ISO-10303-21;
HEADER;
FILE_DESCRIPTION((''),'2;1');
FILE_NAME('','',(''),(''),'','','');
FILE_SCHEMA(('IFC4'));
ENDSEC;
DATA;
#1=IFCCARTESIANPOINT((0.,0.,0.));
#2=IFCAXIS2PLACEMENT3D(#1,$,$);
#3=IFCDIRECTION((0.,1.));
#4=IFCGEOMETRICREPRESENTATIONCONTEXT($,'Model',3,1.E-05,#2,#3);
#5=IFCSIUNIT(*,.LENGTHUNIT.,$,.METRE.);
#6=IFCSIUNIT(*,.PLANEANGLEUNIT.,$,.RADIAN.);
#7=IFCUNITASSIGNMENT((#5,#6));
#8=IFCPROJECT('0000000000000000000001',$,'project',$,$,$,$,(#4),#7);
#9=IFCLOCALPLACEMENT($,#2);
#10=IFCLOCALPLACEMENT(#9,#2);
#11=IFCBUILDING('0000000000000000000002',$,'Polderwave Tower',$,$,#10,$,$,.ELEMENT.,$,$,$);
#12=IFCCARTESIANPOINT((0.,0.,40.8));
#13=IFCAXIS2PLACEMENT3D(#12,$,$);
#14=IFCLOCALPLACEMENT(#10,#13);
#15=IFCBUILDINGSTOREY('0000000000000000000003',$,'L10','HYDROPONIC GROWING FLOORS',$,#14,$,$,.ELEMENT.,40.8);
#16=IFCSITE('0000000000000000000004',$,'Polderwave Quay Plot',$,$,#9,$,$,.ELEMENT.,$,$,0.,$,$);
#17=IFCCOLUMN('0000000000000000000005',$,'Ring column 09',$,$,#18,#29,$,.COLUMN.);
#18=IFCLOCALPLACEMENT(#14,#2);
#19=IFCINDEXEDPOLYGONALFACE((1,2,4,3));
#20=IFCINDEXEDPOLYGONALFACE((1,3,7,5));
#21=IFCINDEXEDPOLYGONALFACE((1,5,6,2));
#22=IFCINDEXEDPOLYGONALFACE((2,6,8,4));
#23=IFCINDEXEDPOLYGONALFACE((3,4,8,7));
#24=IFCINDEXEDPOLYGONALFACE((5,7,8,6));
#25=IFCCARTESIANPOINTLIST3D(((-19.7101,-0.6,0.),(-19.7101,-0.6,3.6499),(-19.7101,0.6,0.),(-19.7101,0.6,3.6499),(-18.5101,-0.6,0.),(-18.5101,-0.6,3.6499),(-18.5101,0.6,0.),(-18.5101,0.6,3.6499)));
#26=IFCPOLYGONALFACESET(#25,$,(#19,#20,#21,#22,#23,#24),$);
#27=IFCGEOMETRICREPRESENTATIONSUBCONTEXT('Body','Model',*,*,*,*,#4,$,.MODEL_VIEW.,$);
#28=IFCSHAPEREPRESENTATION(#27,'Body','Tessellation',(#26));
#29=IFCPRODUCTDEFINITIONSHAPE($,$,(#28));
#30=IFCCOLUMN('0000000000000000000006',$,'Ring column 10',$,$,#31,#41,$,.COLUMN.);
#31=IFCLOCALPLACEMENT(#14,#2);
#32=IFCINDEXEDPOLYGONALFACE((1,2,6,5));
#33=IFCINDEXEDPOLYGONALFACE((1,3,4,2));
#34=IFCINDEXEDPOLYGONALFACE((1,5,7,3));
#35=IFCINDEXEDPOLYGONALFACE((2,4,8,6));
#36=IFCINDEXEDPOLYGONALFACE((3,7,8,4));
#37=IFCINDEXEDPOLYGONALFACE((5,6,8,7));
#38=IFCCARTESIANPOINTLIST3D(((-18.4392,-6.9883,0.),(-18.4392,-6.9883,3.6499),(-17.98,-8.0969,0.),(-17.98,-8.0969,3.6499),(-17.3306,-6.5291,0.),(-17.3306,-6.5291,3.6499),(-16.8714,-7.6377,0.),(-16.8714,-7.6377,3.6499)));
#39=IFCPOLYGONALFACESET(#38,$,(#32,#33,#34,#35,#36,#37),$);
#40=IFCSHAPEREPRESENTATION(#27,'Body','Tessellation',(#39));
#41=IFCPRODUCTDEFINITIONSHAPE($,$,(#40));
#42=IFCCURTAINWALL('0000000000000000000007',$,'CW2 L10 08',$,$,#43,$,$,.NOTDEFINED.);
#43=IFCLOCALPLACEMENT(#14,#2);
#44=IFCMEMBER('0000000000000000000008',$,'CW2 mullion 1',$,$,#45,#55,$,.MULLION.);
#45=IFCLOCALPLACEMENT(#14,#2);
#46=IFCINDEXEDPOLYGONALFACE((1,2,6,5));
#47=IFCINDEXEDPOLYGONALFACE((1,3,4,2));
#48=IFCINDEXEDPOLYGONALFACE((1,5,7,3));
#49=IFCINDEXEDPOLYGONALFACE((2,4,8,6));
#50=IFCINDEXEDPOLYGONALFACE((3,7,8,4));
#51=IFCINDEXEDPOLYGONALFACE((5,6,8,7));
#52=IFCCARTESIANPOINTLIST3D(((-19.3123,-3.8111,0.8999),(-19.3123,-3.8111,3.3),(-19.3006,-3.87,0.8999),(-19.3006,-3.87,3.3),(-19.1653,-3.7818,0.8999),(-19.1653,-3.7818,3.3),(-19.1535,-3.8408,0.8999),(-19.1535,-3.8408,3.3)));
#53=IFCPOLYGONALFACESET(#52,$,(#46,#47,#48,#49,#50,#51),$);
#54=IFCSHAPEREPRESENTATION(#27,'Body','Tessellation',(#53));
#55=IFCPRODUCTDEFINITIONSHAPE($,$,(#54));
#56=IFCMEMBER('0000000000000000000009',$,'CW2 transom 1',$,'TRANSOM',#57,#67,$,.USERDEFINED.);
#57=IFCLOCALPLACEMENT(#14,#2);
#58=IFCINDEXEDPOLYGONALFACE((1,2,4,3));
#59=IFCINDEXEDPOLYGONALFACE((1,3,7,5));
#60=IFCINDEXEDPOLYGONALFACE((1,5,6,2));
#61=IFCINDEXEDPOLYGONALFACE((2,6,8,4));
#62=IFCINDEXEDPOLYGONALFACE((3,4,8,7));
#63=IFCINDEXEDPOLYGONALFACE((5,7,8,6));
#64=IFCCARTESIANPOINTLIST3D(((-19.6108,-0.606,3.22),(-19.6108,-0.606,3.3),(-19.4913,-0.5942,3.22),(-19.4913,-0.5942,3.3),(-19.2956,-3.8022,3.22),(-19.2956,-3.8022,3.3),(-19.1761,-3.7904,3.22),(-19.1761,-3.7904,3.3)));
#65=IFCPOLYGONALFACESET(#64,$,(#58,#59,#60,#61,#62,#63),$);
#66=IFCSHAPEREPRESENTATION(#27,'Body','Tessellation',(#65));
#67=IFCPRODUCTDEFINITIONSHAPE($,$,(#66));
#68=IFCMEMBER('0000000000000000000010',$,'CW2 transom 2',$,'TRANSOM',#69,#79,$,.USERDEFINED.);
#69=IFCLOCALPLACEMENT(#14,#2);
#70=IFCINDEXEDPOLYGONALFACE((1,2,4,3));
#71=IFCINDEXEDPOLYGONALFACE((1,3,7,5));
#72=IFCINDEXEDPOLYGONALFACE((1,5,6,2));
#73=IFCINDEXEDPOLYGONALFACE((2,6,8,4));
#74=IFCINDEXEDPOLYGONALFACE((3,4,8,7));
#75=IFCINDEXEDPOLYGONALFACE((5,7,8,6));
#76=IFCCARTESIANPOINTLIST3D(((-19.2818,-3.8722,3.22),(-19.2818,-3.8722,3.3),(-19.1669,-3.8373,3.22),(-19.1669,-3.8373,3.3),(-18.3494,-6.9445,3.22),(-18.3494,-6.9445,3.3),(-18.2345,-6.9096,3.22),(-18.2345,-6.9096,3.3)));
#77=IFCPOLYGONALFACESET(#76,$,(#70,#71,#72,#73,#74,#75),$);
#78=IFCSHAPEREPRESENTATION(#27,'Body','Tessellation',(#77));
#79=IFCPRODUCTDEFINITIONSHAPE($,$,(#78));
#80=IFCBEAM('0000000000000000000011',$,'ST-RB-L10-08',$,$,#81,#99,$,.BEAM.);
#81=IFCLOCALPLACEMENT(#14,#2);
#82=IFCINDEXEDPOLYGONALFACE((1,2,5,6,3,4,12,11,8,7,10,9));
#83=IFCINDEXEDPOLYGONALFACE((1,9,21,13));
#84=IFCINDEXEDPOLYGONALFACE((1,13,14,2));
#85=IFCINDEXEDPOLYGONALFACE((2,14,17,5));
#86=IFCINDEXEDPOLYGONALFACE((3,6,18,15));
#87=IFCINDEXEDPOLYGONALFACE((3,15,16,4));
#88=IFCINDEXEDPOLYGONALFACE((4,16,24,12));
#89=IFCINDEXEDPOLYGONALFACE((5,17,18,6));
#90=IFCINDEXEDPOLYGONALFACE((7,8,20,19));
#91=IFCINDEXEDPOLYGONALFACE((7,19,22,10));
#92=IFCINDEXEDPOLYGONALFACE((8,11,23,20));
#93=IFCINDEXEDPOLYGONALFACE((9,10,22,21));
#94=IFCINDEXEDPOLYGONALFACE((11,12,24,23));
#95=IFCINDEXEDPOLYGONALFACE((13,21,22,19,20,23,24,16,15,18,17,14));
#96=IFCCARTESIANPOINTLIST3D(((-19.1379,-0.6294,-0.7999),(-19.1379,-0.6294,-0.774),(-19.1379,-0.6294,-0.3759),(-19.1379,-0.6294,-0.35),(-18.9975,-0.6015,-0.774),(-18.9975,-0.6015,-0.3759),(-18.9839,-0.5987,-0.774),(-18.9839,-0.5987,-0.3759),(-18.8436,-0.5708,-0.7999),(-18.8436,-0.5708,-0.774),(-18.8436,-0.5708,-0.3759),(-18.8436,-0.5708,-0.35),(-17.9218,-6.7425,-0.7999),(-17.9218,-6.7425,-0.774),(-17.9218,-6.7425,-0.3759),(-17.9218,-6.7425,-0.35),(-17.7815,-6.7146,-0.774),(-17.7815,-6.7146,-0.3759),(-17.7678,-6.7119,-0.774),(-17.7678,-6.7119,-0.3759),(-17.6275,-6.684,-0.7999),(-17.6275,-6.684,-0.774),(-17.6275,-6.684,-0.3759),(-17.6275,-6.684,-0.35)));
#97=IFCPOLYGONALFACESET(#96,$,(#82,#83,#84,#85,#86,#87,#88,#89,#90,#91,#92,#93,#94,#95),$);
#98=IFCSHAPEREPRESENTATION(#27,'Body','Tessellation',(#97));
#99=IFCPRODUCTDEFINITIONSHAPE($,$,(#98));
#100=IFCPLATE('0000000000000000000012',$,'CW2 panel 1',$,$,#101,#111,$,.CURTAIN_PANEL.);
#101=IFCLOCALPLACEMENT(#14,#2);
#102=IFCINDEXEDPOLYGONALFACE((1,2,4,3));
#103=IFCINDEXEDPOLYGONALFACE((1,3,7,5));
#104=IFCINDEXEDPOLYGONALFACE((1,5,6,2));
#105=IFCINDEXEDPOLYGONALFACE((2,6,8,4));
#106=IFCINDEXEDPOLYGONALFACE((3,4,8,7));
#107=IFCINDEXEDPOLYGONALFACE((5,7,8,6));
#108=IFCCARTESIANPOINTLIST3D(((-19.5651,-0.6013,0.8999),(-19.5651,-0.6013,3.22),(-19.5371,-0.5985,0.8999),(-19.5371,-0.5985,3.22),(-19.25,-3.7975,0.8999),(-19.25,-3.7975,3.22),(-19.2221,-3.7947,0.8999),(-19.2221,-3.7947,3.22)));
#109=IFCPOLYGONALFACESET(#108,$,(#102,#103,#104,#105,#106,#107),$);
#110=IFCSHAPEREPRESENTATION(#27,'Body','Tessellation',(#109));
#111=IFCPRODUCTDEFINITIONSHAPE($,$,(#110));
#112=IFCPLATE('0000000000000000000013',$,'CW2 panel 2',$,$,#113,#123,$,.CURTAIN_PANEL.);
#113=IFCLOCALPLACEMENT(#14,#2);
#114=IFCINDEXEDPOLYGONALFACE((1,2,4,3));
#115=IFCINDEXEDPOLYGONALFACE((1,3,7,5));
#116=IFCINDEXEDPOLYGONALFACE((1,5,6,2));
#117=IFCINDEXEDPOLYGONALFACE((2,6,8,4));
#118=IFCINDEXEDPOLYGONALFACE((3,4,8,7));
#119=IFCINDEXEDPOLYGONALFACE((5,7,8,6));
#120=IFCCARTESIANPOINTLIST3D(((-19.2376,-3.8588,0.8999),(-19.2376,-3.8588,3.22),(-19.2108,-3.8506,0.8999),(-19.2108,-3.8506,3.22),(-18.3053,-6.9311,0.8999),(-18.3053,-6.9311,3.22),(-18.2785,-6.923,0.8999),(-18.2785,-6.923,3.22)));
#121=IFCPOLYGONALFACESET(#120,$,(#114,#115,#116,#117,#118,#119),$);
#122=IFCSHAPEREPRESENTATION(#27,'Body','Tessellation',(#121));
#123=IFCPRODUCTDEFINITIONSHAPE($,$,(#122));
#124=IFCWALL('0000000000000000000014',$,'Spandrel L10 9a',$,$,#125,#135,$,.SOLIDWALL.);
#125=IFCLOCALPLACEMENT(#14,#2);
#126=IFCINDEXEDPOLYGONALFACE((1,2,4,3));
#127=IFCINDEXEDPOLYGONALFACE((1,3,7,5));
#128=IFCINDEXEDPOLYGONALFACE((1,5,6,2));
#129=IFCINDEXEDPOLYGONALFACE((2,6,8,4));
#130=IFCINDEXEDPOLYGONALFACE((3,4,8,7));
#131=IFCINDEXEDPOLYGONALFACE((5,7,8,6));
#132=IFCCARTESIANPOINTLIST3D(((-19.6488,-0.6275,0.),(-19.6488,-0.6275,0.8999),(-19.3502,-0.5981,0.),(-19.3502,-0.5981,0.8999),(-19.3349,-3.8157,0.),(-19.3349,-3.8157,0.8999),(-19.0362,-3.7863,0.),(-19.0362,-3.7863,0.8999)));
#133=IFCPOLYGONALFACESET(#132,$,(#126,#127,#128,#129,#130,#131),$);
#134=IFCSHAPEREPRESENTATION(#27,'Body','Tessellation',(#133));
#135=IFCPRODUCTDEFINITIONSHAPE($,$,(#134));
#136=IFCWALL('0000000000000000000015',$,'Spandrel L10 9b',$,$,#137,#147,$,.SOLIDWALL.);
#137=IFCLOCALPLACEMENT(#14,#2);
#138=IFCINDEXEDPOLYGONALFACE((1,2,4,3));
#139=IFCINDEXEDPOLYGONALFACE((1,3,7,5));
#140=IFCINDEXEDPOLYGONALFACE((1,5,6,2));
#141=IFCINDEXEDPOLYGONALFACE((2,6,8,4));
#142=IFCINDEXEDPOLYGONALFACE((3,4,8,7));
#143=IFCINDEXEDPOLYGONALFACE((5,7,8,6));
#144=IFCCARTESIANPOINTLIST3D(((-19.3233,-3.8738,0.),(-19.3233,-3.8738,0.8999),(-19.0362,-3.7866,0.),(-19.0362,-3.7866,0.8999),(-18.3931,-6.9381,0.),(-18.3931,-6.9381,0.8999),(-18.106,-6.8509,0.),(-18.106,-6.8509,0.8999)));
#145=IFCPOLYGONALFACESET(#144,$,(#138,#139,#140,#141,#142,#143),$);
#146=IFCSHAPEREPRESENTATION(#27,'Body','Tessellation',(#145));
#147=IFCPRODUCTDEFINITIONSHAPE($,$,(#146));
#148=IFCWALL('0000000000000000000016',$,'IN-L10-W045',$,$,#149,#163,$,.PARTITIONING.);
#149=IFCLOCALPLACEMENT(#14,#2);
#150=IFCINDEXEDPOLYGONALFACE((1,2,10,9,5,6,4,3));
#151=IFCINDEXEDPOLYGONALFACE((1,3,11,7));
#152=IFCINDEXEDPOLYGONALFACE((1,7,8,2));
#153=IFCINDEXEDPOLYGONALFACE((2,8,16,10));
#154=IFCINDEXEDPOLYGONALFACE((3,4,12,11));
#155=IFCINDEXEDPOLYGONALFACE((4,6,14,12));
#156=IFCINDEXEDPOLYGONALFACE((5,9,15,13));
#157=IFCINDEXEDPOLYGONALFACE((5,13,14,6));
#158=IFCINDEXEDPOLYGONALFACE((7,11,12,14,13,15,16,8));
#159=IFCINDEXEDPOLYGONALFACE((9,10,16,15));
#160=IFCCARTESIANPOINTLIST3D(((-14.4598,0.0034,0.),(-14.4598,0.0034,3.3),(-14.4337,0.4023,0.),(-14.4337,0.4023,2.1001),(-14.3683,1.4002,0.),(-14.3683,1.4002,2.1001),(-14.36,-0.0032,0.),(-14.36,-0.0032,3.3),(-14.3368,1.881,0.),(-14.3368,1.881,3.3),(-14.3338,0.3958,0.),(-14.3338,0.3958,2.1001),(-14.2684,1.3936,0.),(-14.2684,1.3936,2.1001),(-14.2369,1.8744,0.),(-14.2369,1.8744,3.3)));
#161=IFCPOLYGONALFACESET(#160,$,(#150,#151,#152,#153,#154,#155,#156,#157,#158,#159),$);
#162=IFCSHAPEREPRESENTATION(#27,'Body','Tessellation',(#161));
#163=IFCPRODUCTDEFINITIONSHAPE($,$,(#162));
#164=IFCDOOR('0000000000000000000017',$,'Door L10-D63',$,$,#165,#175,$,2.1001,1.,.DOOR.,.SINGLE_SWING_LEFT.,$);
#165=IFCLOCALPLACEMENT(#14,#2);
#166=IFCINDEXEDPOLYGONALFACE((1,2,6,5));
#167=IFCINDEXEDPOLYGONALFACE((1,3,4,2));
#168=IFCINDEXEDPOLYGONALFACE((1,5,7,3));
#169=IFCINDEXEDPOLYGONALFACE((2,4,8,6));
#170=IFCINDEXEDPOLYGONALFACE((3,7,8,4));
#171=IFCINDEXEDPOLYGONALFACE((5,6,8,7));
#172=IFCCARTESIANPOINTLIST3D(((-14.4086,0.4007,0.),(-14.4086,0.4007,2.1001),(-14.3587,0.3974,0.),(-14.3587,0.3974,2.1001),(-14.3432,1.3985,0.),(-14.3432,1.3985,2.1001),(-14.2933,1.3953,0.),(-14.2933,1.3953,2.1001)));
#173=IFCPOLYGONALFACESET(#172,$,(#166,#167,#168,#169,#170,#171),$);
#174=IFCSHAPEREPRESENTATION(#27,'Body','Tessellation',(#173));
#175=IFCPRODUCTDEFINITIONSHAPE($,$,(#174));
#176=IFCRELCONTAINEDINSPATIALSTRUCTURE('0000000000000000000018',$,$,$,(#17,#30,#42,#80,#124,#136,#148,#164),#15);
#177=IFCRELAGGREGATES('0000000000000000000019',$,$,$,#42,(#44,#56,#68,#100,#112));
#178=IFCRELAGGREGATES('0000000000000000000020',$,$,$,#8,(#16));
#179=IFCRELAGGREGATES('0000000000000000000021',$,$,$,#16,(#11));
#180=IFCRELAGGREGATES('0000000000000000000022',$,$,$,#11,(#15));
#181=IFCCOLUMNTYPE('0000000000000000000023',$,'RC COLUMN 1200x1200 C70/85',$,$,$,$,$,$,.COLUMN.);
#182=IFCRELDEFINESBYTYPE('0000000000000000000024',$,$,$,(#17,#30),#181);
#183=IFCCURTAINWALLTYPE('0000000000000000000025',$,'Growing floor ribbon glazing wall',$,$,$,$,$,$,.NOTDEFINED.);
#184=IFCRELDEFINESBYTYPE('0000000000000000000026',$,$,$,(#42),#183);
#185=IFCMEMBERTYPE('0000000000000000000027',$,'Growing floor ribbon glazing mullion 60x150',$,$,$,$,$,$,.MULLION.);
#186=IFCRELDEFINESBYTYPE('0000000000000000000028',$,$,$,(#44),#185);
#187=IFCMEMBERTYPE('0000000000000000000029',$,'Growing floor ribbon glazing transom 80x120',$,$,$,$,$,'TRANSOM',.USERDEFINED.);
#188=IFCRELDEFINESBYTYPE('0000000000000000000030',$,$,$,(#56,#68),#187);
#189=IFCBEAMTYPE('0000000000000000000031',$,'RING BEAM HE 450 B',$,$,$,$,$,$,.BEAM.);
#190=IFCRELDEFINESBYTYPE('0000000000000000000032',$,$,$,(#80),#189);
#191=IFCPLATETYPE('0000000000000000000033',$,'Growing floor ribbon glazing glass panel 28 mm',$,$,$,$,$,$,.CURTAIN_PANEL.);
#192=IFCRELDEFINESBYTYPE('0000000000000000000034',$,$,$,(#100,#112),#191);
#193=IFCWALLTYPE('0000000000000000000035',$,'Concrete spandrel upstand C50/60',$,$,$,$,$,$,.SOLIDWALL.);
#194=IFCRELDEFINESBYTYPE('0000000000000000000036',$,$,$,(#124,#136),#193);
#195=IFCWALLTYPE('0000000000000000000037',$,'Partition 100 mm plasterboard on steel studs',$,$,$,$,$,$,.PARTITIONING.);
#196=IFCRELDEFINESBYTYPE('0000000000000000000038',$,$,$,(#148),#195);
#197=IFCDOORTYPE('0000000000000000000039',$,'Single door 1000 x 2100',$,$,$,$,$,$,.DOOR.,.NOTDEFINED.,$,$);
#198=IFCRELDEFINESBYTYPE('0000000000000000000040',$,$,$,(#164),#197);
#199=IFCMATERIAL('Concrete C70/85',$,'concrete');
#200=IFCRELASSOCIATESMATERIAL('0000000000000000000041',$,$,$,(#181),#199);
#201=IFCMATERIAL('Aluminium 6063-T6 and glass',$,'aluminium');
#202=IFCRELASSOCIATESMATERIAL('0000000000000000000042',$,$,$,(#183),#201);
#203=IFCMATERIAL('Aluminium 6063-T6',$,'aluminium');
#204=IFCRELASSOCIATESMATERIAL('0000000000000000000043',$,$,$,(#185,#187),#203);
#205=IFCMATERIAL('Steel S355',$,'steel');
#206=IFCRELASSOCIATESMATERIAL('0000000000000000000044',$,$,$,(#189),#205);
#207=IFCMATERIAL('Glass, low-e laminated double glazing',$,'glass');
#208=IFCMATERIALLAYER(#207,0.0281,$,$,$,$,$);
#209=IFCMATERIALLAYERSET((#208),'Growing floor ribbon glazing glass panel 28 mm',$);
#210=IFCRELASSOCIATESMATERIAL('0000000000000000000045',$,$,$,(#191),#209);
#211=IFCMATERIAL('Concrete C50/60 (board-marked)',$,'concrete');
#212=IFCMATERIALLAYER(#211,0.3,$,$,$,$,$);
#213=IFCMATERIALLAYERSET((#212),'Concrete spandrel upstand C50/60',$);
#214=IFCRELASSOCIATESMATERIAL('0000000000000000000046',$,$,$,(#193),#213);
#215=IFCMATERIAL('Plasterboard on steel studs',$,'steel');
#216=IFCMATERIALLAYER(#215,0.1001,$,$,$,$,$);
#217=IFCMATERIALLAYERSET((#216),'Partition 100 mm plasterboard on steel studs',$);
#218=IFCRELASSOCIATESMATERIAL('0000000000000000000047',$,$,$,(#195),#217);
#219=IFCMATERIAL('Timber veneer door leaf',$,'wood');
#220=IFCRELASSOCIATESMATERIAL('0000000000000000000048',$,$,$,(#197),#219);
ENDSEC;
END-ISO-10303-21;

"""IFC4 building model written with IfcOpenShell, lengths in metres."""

from ifc_helpers import new_model, si_unit, direction, frame, frame_2d, origin, origin_2d, place, context, subcontext, project, spatial, rectangle, i_section, extrude, material, layer, layer_set, material_profile, profile_set, type_object, element, fill, aggregate, save


model = new_model("IFC4")

# Units and contexts
model_context = context("Model", 3, precision=1e-05, world=origin(), true_north=direction((0.0, 1.0)))
body_context = subcontext(model_context, "Body", "Model", "MODEL_VIEW")
ifc_project = project(units=[si_unit("LENGTHUNIT", "METRE"), si_unit("PLANEANGLEUNIT", "RADIAN")], contexts=[model_context])

# Site, building, storey
site_placement = place(None, origin())
site = spatial("IfcSite", under=ifc_project, at=site_placement, Name="Polderwave Quay Plot", CompositionType="ELEMENT", RefElevation=0.0)
building_placement = place(site_placement, origin())
building = spatial("IfcBuilding", under=site, at=building_placement, Name="Polderwave Tower", CompositionType="ELEMENT")
storey_placement = place(building_placement, frame((0.0, 0.0, 40.8)))
storey = spatial("IfcBuildingStorey", under=building, at=storey_placement, Name="L10", Description="HYDROPONIC GROWING FLOORS", CompositionType="ELEMENT", Elevation=40.8)

# Columns
ifc_material_1 = material(Name="Concrete C70/85", Category="concrete")
ifc_material_profile_1 = material_profile(ifc_material_1, rectangle(XDim=1.2, YDim=1.2, at=origin_2d()), Name="RC 1200x1200")
ifc_profile_set_1 = profile_set([ifc_material_profile_1], Name="Concrete C70/85")
column_type = type_object("IfcColumnType", Name="RC COLUMN 1200x1200 C70/85", PredefinedType="COLUMN", material=ifc_profile_set_1)
for number, where, z_axis, x_axis, name in (
    (1, (-19.1101, 0.0, 0.0), (0.0, 0.0, 1.0), (-1.0, 0.0, 0.0), "Ring column 09"),
    (2, (-17.6553, -7.313, 0.0), (0.0, 0.0, 1.0), (-0.92388, -0.382683, 0.0), "Ring column 10"),
):
    element("IfcColumn", number, at=place(storey_placement, frame(where, z_axis=z_axis, x_axis=x_axis)), inside=storey, type_object=column_type, Name=name, PredefinedType="COLUMN", context=body_context, shape_type="SweptSolid", body=[
        extrude(rectangle(XDim=1.2, YDim=1.2, at=origin_2d()), origin(), (0.0, 0.0, 1.0), 3.6499),
    ])

# Curtain wall, members
ifc_material_2 = material(Name="Aluminium 6063-T6 and glass", Category="aluminium")
curtain_wall_type = type_object("IfcCurtainWallType", Name="Growing floor ribbon glazing wall", PredefinedType="NOTDEFINED", material=ifc_material_2)
curtain_wall_placement = place(storey_placement, origin())
curtain_wall = element("IfcCurtainWall", 3, at=curtain_wall_placement, inside=storey, type_object=curtain_wall_type, Name="CW2 L10 08", PredefinedType="NOTDEFINED")
ifc_material_3 = material(Name="Aluminium 6063-T6", Category="aluminium")
ifc_material_profile_2 = material_profile(ifc_material_3, rectangle(XDim=0.1499, YDim=0.0601, at=origin_2d()), Name="AL 60x150")
ifc_profile_set_2 = profile_set([ifc_material_profile_2], Name="Aluminium 6063-T6")
member_type_1 = type_object("IfcMemberType", Name="Growing floor ribbon glazing mullion 60x150", PredefinedType="MULLION", material=ifc_profile_set_2)
member_1_placement = place(storey_placement, frame((-19.2329, -3.8259, 0.8999), z_axis=(0.0, 0.0, 1.0), x_axis=(0.980768, 0.195178, 0.0)))
member_1 = element("IfcMember", 4, at=member_1_placement, type_object=member_type_1, Name="CW2 mullion 1", PredefinedType="MULLION", context=body_context, shape_type="SweptSolid", body=[
    extrude(rectangle(XDim=0.1499, YDim=0.0601, at=origin_2d()), origin(), (0.0, 0.0, 1.0), 2.4001),
])
ifc_material_profile_3 = material_profile(ifc_material_3, rectangle(XDim=0.1201, YDim=0.0801, at=origin_2d()), Name="AL 80x120")
ifc_profile_set_3 = profile_set([ifc_material_profile_3], Name="Aluminium 6063-T6")
member_type_2 = type_object("IfcMemberType", Name="Growing floor ribbon glazing transom 80x120", ElementType="TRANSOM", PredefinedType="USERDEFINED", material=ifc_profile_set_3)
member_2_placement = place(storey_placement, frame((-19.551, -0.6001, 3.26), z_axis=(0.098141, -0.995172, 0.0), x_axis=(0.995172, 0.098141, 0.0)))
member_2 = element("IfcMember", 5, at=member_2_placement, type_object=member_type_2, Name="CW2 transom 1", ObjectType="TRANSOM", PredefinedType="USERDEFINED", context=body_context, shape_type="SweptSolid", body=[
    extrude(rectangle(XDim=0.1201, YDim=0.0801, at=origin_2d()), origin(), (0.0, 0.0, 1.0), 3.2117),
])
member_3_placement = place(storey_placement, frame((-19.2244, -3.8547, 3.26), z_axis=(0.290402, -0.956905, 0.0), x_axis=(0.956905, 0.290402, 0.0)))
member_3 = element("IfcMember", 6, at=member_3_placement, type_object=member_type_2, Name="CW2 transom 2", ObjectType="TRANSOM", PredefinedType="USERDEFINED", context=body_context, shape_type="SweptSolid", body=[
    extrude(rectangle(XDim=0.1201, YDim=0.0801, at=origin_2d()), origin(), (0.0, 0.0, 1.0), 3.2107),
])

# Beam
ifc_material_4 = material(Name="Steel S355", Category="steel")
ifc_material_profile_4 = material_profile(ifc_material_4, i_section(OverallWidth=0.3, OverallDepth=0.45, WebThickness=0.0139, FlangeThickness=0.0259, at=origin_2d()), Name="HE 450 B")
ifc_profile_set_4 = profile_set([ifc_material_profile_4], Name="Steel S355")
beam_type = type_object("IfcBeamType", Name="RING BEAM HE 450 B", PredefinedType="BEAM", material=ifc_profile_set_4)
beam_placement = place(storey_placement, frame((-18.9907, -0.6001, -0.575), z_axis=(0.195107, -0.980782, 0.0), x_axis=(0.980782, 0.195107, 0.0)))
element("IfcBeam", 7, at=beam_placement, inside=storey, type_object=beam_type, Name="ST-RB-L10-08", PredefinedType="BEAM", context=body_context, shape_type="SweptSolid", body=[
    extrude(i_section(OverallWidth=0.3, OverallDepth=0.45, WebThickness=0.0139, FlangeThickness=0.0259, at=origin_2d()), origin(), (0.0, 0.0, 1.0), 6.2329),
])

# Plates
ifc_material_5 = material(Name="Glass, low-e laminated double glazing", Category="glass")
ifc_layer_1 = layer(ifc_material_5, 0.0281)
ifc_layer_set_1 = layer_set([ifc_layer_1], Name="Growing floor ribbon glazing glass panel 28 mm")
plate_type = type_object("IfcPlateType", Name="Growing floor ribbon glazing glass panel 28 mm", PredefinedType="CURTAIN_PANEL", material=ifc_layer_set_1)
plate_1_placement = place(storey_placement, frame((-19.3936, -2.198, 0.8999), z_axis=(0.0, 0.0, 1.0), x_axis=(0.098099, -0.995177, 0.0)))
plate_1 = element("IfcPlate", 8, at=plate_1_placement, type_object=plate_type, Name="CW2 panel 1", PredefinedType="CURTAIN_PANEL", context=body_context, shape_type="SweptSolid", body=[
    extrude(rectangle(XDim=3.2117, YDim=0.0281, at=origin_2d()), origin(), (0.0, 0.0, 1.0), 2.3201),
])
plate_2_placement = place(storey_placement, frame((-18.7581, -5.3909, 0.8999), z_axis=(0.0, 0.0, 1.0), x_axis=(0.290375, -0.956913, 0.0)))
plate_2 = element("IfcPlate", 9, at=plate_2_placement, type_object=plate_type, Name="CW2 panel 2", PredefinedType="CURTAIN_PANEL", context=body_context, shape_type="SweptSolid", body=[
    extrude(rectangle(XDim=3.2107, YDim=0.0281, at=origin_2d()), origin(), (0.0, 0.0, 1.0), 2.3201),
])
aggregate(curtain_wall, [member_1, member_2, member_3, plate_1, plate_2])

# Walls
ifc_material_6 = material(Name="Concrete C50/60 (board-marked)", Category="concrete")
ifc_layer_2 = layer(ifc_material_6, 0.3)
ifc_layer_set_2 = layer_set([ifc_layer_2], Name="Concrete spandrel upstand C50/60")
wall_type_1 = type_object("IfcWallType", Name="Concrete spandrel upstand C50/60", PredefinedType="SOLIDWALL", material=ifc_layer_set_2)
wall_1_placement = place(storey_placement, frame((-19.4995, -0.6128, 0.0), z_axis=(0.0, 0.0, 1.0), x_axis=(0.098002, -0.995186, 0.0)))
element("IfcWall", 10, at=wall_1_placement, inside=storey, type_object=wall_type_1, Name="Spandrel L10 9a", PredefinedType="SOLIDWALL", context=body_context, shape_type="SweptSolid", body=[
    extrude(rectangle(XDim=3.2036, YDim=0.3, at=frame_2d((1.6018, 0.0))), origin(), (0.0, 0.0, 1.0), 0.8999),
])
wall_2_placement = place(storey_placement, frame((-19.1797, -3.8303, 0.0), z_axis=(0.0, 0.0, 1.0), x_axis=(0.290473, -0.956883, 0.0)))
element("IfcWall", 11, at=wall_2_placement, inside=storey, type_object=wall_type_1, Name="Spandrel L10 9b", PredefinedType="SOLIDWALL", context=body_context, shape_type="SweptSolid", body=[
    extrude(rectangle(XDim=3.2024, YDim=0.3, at=frame_2d((1.6011, 0.0))), origin(), (0.0, 0.0, 1.0), 0.8999),
])

# Wall, opening, door
ifc_material_7 = material(Name="Plasterboard on steel studs", Category="steel")
ifc_layer_3 = layer(ifc_material_7, 0.1001)
ifc_layer_set_3 = layer_set([ifc_layer_3], Name="Partition 100 mm plasterboard on steel studs")
wall_type_2 = type_object("IfcWallType", Name="Partition 100 mm plasterboard on steel studs", PredefinedType="PARTITIONING", material=ifc_layer_set_3)
wall_3_placement = place(storey_placement, frame((-14.4099, 0.0, 0.0), z_axis=(0.0, 0.0, 1.0), x_axis=(0.065391, 0.99786, 0.0)))
wall_3 = element("IfcWall", 12, at=wall_3_placement, inside=storey, type_object=wall_type_2, Name="IN-L10-W045", PredefinedType="PARTITIONING", context=body_context, shape_type="SweptSolid", body=[
    extrude(rectangle(XDim=1.8816, YDim=0.1001, at=frame_2d((0.9409, 0.0))), origin(), (0.0, 0.0, 1.0), 3.3),
])
opening_1_placement = place(wall_3_placement, frame((0.3999, 0.0, 0.0)))
opening_1 = element("IfcOpeningElement", 13, at=opening_1_placement, cuts=wall_3, PredefinedType="OPENING", context=body_context, shape_type="SweptSolid", body=[
    extrude(rectangle(XDim=1.0, YDim=2.1001, at=frame_2d((0.5, 1.05))), frame((0.0, 0.0601, 0.0), z_axis=(0.0, -1.0, 0.0), x_axis=(1.0, 0.0, 0.0)), (0.0, 0.0, 1.0), 0.1201),
])
ifc_material_8 = material(Name="Timber veneer door leaf", Category="wood")
door_type_1 = type_object("IfcDoorType", Name="Single door 1000 x 2100", OperationType="NOTDEFINED", PredefinedType="DOOR", material=ifc_material_8)
door_1_placement = place(opening_1_placement, origin())
door_1 = element("IfcDoor", 14, at=door_1_placement, inside=storey, type_object=door_type_1, Name="Door L10-D63", OperationType="SINGLE_SWING_LEFT", OverallHeight=2.1001, OverallWidth=1.0, PredefinedType="DOOR", context=body_context, shape_type="SweptSolid", body=[
    extrude(rectangle(XDim=1.0, YDim=2.1001, at=frame_2d((0.5, 1.05))), frame((0.0, 0.0249, 0.0), z_axis=(0.0, -1.0, 0.0), x_axis=(1.0, 0.0, 0.0)), (0.0, 0.0, 1.0), 0.05),
])
fill(opening_1, door_1)

save(model, "model.ifc")
